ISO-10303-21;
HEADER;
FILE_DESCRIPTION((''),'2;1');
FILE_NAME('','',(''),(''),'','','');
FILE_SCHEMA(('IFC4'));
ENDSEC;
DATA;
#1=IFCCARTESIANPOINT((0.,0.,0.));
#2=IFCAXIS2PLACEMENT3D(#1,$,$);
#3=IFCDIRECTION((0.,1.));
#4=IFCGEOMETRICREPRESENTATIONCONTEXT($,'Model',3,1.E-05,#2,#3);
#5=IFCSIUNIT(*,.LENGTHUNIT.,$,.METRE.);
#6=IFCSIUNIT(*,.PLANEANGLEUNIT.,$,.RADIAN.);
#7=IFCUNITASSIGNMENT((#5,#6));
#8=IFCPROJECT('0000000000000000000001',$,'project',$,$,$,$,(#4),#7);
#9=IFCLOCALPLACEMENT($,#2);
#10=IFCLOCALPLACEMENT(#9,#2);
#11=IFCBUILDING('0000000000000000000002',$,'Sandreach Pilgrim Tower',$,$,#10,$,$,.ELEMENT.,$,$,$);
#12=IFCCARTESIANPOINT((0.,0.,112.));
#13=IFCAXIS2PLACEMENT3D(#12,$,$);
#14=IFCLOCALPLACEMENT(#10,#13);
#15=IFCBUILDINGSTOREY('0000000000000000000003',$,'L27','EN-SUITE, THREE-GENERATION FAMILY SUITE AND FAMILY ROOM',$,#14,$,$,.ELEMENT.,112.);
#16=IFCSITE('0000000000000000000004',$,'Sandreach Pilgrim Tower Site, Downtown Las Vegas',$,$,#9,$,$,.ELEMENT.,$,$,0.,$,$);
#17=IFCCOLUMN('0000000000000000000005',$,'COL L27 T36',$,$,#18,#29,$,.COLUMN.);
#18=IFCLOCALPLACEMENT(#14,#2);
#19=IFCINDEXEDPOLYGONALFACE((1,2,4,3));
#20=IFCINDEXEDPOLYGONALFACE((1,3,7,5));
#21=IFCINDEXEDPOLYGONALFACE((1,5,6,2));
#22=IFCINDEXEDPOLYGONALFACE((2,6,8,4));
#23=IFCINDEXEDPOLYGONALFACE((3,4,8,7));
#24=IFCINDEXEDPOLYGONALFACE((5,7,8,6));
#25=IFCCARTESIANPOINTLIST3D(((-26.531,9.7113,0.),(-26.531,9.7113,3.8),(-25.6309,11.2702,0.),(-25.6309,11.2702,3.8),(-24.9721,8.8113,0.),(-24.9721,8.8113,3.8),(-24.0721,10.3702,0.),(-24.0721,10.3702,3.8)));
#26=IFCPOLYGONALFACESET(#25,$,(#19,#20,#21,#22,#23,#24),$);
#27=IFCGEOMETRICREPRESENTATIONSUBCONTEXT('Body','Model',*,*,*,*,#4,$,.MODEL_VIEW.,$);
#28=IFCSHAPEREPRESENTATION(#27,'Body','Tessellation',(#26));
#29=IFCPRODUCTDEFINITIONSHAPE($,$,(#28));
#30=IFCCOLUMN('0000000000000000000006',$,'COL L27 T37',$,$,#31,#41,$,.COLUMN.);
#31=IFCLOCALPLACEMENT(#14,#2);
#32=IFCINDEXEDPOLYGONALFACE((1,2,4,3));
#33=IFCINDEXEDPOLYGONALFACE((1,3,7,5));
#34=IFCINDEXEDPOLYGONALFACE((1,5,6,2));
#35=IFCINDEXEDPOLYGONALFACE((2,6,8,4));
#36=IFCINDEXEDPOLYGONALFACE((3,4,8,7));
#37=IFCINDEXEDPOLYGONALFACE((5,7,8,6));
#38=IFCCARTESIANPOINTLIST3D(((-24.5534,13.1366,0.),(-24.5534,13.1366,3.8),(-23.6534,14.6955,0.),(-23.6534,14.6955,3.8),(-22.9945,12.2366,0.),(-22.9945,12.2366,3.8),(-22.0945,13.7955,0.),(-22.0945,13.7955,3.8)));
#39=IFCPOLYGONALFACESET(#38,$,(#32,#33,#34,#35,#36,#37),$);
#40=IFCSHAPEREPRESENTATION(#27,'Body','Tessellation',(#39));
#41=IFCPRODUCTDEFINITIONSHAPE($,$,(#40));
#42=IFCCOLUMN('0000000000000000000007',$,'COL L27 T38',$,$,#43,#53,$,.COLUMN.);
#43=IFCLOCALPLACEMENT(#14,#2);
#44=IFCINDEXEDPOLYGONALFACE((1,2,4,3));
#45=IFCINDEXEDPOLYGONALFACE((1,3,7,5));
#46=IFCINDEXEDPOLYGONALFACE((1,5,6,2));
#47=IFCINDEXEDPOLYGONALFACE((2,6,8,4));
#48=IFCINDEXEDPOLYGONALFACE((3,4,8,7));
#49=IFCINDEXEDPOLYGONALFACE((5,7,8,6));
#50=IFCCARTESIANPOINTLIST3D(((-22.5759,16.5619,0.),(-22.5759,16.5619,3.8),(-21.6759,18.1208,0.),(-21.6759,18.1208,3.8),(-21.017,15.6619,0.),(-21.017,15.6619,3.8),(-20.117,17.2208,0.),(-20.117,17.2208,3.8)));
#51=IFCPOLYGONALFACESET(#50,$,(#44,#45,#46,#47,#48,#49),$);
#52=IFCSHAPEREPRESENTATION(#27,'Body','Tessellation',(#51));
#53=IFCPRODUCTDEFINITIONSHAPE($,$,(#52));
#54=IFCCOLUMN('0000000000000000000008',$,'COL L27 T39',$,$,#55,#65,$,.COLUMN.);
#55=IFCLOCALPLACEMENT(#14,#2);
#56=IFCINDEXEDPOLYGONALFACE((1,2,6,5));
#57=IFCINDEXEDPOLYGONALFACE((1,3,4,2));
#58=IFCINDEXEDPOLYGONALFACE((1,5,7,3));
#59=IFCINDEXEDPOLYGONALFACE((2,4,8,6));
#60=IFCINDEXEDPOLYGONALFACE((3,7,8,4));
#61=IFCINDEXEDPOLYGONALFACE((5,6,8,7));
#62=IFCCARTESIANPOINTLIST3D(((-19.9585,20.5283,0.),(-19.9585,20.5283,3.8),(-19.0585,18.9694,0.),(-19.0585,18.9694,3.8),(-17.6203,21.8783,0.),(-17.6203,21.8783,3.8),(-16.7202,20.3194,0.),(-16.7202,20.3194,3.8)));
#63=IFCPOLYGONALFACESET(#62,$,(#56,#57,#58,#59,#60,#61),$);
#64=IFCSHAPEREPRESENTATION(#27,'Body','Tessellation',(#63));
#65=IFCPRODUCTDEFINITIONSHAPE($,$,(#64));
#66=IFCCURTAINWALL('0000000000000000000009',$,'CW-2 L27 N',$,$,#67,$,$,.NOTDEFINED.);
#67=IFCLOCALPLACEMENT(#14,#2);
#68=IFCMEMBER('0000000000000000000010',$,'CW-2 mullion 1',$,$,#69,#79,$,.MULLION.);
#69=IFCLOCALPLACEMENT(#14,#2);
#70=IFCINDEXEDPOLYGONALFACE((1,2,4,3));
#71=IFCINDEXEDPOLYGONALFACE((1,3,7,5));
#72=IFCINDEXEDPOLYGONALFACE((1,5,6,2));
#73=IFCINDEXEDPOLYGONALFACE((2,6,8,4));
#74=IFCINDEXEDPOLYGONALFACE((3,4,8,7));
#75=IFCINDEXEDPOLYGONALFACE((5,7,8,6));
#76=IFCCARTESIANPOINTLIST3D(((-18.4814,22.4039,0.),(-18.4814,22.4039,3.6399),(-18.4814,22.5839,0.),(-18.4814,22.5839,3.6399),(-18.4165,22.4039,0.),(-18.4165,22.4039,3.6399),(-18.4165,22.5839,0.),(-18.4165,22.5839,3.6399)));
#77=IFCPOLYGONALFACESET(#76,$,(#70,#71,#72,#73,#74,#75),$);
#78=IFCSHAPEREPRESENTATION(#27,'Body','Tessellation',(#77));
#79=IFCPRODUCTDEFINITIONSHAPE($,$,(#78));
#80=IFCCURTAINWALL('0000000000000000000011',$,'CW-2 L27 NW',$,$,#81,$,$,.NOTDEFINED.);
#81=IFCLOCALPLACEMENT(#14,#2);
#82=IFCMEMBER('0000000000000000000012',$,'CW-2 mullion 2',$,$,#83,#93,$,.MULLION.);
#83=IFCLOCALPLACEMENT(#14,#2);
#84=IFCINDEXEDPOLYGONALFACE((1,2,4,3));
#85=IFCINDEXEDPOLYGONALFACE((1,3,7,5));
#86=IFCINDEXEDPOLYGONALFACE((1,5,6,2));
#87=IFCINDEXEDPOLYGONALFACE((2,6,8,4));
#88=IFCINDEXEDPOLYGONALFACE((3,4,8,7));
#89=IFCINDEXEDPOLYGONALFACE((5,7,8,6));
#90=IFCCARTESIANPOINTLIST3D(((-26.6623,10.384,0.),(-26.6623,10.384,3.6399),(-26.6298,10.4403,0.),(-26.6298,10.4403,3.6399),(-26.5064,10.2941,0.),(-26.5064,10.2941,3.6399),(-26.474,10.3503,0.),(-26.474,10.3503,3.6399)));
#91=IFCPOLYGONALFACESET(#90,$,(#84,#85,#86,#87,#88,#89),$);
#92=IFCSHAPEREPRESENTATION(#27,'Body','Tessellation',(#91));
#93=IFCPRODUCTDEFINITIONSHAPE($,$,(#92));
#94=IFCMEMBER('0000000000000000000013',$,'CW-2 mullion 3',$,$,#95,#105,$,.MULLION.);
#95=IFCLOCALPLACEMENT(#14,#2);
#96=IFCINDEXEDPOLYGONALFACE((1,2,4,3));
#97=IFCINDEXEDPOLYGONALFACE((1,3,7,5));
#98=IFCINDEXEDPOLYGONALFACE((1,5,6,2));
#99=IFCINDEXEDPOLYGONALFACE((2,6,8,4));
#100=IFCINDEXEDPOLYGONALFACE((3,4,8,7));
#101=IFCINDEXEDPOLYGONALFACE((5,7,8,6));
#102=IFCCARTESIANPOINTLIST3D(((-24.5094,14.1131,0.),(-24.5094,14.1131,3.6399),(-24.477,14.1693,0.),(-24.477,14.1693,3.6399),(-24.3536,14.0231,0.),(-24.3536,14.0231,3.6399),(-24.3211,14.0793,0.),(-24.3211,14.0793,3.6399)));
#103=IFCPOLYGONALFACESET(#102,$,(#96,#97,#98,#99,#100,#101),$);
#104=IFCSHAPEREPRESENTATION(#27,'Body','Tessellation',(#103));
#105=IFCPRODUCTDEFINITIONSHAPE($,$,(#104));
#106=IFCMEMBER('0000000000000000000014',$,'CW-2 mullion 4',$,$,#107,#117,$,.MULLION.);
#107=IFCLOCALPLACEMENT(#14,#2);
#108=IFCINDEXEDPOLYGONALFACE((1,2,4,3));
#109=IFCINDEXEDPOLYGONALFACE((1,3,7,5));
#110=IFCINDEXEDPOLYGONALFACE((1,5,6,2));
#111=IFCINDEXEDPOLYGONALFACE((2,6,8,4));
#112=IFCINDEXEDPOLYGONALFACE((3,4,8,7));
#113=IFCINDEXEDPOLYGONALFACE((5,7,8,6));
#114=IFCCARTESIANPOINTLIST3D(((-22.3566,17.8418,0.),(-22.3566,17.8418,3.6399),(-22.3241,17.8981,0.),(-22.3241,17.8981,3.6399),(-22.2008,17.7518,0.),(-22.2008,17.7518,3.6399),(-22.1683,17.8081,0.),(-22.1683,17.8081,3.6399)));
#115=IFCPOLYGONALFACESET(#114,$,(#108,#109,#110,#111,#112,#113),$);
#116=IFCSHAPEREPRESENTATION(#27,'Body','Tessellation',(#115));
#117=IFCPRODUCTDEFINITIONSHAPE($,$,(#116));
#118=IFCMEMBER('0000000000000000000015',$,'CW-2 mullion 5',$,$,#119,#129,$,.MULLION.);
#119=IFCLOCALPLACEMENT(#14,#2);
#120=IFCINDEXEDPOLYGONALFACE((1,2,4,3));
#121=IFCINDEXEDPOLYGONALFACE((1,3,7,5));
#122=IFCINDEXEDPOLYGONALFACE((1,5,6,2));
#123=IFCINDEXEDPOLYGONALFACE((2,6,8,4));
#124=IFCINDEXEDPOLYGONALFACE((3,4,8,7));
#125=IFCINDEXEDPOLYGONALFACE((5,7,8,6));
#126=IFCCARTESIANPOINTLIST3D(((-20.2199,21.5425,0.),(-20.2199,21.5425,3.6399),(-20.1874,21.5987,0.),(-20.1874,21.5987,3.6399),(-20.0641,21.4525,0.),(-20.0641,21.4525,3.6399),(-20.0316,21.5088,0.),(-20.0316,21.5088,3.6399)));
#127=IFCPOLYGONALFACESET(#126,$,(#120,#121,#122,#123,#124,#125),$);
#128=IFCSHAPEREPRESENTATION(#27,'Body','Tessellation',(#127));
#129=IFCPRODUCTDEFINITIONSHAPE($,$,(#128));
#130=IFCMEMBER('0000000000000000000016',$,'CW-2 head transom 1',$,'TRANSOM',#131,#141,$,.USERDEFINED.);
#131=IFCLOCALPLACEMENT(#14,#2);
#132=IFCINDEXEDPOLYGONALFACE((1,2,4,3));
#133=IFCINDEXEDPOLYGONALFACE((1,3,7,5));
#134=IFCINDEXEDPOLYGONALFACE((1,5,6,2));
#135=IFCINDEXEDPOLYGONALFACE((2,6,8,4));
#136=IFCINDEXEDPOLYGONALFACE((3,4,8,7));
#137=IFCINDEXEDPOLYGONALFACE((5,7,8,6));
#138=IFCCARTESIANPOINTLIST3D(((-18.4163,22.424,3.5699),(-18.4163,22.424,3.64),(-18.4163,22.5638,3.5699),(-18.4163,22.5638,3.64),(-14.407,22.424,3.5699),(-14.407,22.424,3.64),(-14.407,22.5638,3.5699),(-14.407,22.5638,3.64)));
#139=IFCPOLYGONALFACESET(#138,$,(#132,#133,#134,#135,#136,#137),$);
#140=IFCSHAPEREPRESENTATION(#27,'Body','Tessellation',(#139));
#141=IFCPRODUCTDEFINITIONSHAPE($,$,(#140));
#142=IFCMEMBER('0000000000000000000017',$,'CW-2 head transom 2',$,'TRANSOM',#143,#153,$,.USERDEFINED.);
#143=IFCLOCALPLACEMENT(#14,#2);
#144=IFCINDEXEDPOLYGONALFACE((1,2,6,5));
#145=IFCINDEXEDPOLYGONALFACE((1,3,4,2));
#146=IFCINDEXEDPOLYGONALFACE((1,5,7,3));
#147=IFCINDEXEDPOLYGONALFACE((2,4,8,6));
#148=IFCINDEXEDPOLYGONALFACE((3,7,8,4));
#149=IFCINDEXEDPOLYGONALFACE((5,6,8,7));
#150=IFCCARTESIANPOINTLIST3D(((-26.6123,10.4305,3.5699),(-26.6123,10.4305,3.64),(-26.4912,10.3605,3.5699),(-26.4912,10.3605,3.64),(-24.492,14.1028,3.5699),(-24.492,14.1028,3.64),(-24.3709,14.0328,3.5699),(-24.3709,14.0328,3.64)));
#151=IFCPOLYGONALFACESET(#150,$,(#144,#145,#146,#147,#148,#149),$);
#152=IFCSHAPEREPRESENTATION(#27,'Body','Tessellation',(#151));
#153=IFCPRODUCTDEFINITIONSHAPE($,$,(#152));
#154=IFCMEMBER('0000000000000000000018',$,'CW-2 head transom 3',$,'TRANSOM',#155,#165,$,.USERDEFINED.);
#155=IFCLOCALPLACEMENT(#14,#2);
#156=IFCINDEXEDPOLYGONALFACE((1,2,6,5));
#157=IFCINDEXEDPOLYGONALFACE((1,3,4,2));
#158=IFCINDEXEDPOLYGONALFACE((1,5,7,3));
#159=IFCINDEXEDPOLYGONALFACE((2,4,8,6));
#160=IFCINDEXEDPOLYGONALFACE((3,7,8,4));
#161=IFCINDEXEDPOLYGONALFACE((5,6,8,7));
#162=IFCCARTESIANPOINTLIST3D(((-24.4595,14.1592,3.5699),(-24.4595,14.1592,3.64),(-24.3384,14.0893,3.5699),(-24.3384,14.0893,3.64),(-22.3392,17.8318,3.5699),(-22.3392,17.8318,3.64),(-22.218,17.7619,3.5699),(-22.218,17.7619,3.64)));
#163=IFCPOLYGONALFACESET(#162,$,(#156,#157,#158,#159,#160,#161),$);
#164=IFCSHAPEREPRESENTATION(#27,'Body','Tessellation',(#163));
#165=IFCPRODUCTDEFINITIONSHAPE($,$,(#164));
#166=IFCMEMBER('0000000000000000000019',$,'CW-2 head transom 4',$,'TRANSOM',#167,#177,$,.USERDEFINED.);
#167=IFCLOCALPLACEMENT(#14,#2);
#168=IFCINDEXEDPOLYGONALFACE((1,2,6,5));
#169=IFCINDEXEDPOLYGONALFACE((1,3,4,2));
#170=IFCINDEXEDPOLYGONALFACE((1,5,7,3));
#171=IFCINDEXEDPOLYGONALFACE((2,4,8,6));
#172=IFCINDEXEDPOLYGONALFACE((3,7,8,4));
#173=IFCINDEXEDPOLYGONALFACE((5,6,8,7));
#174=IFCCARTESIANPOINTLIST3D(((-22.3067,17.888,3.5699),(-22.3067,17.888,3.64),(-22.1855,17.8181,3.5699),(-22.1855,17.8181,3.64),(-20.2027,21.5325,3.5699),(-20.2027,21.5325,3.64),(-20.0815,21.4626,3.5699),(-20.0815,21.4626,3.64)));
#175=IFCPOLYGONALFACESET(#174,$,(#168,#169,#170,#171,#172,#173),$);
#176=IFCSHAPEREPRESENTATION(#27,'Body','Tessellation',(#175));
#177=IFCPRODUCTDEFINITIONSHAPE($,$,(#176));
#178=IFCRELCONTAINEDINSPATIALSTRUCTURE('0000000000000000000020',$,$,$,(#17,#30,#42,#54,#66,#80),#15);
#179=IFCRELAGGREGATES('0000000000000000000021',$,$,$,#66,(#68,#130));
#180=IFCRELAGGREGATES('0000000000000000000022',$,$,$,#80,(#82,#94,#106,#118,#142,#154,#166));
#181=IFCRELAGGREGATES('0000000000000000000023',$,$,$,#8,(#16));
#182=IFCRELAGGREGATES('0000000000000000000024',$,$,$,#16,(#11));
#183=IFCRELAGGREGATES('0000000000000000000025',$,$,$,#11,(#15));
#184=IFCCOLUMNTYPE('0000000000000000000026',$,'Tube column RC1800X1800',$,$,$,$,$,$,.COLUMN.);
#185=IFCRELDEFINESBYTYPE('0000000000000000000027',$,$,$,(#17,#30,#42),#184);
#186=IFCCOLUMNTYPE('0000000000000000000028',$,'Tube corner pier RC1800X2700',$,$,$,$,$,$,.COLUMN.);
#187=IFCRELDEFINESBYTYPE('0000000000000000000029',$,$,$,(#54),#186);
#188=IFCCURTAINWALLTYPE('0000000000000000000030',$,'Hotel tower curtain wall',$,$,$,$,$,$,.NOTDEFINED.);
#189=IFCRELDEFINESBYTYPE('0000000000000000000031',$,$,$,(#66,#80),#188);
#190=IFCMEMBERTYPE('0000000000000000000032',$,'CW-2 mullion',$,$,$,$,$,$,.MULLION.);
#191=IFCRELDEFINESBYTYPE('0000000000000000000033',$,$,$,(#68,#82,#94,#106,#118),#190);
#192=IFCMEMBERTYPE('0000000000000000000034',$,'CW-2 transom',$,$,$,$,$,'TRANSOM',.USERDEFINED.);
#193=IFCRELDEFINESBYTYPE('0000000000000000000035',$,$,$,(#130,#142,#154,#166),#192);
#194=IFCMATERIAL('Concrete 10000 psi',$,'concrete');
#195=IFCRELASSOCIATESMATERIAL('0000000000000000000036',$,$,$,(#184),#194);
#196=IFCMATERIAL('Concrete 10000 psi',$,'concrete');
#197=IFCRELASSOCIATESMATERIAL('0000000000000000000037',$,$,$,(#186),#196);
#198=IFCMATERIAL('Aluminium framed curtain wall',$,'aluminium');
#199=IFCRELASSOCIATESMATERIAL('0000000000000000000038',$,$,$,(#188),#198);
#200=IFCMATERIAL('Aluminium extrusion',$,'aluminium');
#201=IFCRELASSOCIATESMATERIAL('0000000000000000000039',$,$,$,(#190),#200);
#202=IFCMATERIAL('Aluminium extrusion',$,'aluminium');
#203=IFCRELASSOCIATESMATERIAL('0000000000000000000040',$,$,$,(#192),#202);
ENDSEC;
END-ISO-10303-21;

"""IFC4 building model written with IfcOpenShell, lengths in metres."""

from ifc_helpers import new_model, si_unit, direction, frame, origin, origin_2d, place, context, subcontext, project, spatial, rectangle, extrude, material, material_profile, profile_set, type_object, element, aggregate, save


model = new_model("IFC4")

# Units and contexts
model_context = context("Model", 3, precision=1e-05, world=origin(), true_north=direction((0.0, 1.0)))
body_context = subcontext(model_context, "Body", "Model", "MODEL_VIEW")
ifc_project = project(units=[si_unit("LENGTHUNIT", "METRE"), si_unit("PLANEANGLEUNIT", "RADIAN")], contexts=[model_context])

# Site, building, storey
site_placement = place(None, origin())
site = spatial("IfcSite", under=ifc_project, at=site_placement, Name="Sandreach Pilgrim Tower Site, Downtown Las Vegas", CompositionType="ELEMENT", RefElevation=0.0)
building_placement = place(site_placement, origin())
building = spatial("IfcBuilding", under=site, at=building_placement, Name="Sandreach Pilgrim Tower", CompositionType="ELEMENT")
storey_placement = place(building_placement, frame((0.0, 0.0, 112.0)))
storey = spatial("IfcBuildingStorey", under=building, at=storey_placement, Name="L27", Description="EN-SUITE, THREE-GENERATION FAMILY SUITE AND FAMILY ROOM", CompositionType="ELEMENT", Elevation=112.0)

# Columns
ifc_material_1 = material(Name="Concrete 10000 psi", Category="concrete")
ifc_material_profile_1 = material_profile(ifc_material_1, rectangle(XDim=1.8, YDim=1.8, at=origin_2d()), Name="RC1800X1800")
ifc_profile_set_1 = profile_set([ifc_material_profile_1], Name="Concrete 10000 psi")
column_type_1 = type_object("IfcColumnType", Name="Tube column RC1800X1800", PredefinedType="COLUMN", material=ifc_profile_set_1)
for number, where, z_axis, x_axis, name in (
    (1, (-25.3015, 10.0408, 0.0), (0.0, 0.0, 1.0), (-0.866025, 0.5, 0.0), "COL L27 T36"),
    (2, (-23.324, 13.4661, 0.0), (0.0, 0.0, 1.0), (-0.866025, 0.5, 0.0), "COL L27 T37"),
    (3, (-21.3464, 16.8914, 0.0), (0.0, 0.0, 1.0), (-0.866025, 0.5, 0.0), "COL L27 T38"),
):
    element("IfcColumn", number, at=place(storey_placement, frame(where, z_axis=z_axis, x_axis=x_axis)), inside=storey, type_object=column_type_1, Name=name, PredefinedType="COLUMN", context=body_context, shape_type="SweptSolid", body=[
        extrude(rectangle(XDim=1.8, YDim=1.8, at=origin_2d()), origin(), (0.0, 0.0, 1.0), 3.8),
    ])
ifc_material_2 = material(Name="Concrete 10000 psi", Category="concrete")
ifc_material_profile_2 = material_profile(ifc_material_2, rectangle(XDim=1.8, YDim=2.7, at=origin_2d()), Name="RC1800X2700")
ifc_profile_set_2 = profile_set([ifc_material_profile_2], Name="Concrete 10000 psi")
column_type_2 = type_object("IfcColumnType", Name="Tube corner pier RC1800X2700", PredefinedType="COLUMN", material=ifc_profile_set_2)
column_placement = place(storey_placement, frame((-18.3394, 20.4238, 0.0), z_axis=(0.0, 0.0, 1.0), x_axis=(-0.5, 0.866025, 0.0)))
element("IfcColumn", 4, at=column_placement, inside=storey, type_object=column_type_2, Name="COL L27 T39", PredefinedType="COLUMN", context=body_context, shape_type="SweptSolid", body=[
    extrude(rectangle(XDim=1.8, YDim=2.7, at=origin_2d()), origin(), (0.0, 0.0, 1.0), 3.8),
])

# Curtain wall, member
ifc_material_3 = material(Name="Aluminium framed curtain wall", Category="aluminium")
curtain_wall_type = type_object("IfcCurtainWallType", Name="Hotel tower curtain wall", PredefinedType="NOTDEFINED", material=ifc_material_3)
curtain_wall_1_placement = place(storey_placement, origin())
curtain_wall_1 = element("IfcCurtainWall", 5, at=curtain_wall_1_placement, inside=storey, type_object=curtain_wall_type, Name="CW-2 L27 N", PredefinedType="NOTDEFINED")
ifc_material_4 = material(Name="Aluminium extrusion", Category="aluminium")
ifc_material_profile_3 = material_profile(ifc_material_4, rectangle(XDim=0.0649, YDim=0.1799, at=origin_2d()), Name="CW-2M 65X180")
ifc_profile_set_3 = profile_set([ifc_material_profile_3], Name="Aluminium extrusion")
member_type_1 = type_object("IfcMemberType", Name="CW-2 mullion", PredefinedType="MULLION", material=ifc_profile_set_3)
member_1_placement = place(storey_placement, frame((-18.449, 22.4939, 0.0), z_axis=(0.0, 0.0, 1.0), x_axis=(1.0, 0.0, 0.0)))
member_1 = element("IfcMember", 6, at=member_1_placement, type_object=member_type_1, Name="CW-2 mullion 1", PredefinedType="MULLION", context=body_context, shape_type="SweptSolid", body=[
    extrude(rectangle(XDim=0.0649, YDim=0.1799, at=origin_2d()), origin(), (0.0, 0.0, 1.0), 3.6399),
])

# Curtain wall, members
curtain_wall_2_placement = place(storey_placement, origin())
curtain_wall_2 = element("IfcCurtainWall", 7, at=curtain_wall_2_placement, inside=storey, type_object=curtain_wall_type, Name="CW-2 L27 NW", PredefinedType="NOTDEFINED")
member_2_placement = place(storey_placement, frame((-26.5681, 10.3672, 0.0), z_axis=(0.0, 0.0, 1.0), x_axis=(0.5, 0.866025, 0.0)))
member_2 = element("IfcMember", 8, at=member_2_placement, type_object=member_type_1, Name="CW-2 mullion 2", PredefinedType="MULLION", context=body_context, shape_type="SweptSolid", body=[
    extrude(rectangle(XDim=0.0649, YDim=0.1799, at=origin_2d()), origin(), (0.0, 0.0, 1.0), 3.6399),
])
member_3_placement = place(storey_placement, frame((-24.4153, 14.0962, 0.0), z_axis=(0.0, 0.0, 1.0), x_axis=(0.5, 0.866025, 0.0)))
member_3 = element("IfcMember", 9, at=member_3_placement, type_object=member_type_1, Name="CW-2 mullion 3", PredefinedType="MULLION", context=body_context, shape_type="SweptSolid", body=[
    extrude(rectangle(XDim=0.0649, YDim=0.1799, at=origin_2d()), origin(), (0.0, 0.0, 1.0), 3.6399),
])
member_4_placement = place(storey_placement, frame((-22.2625, 17.825, 0.0), z_axis=(0.0, 0.0, 1.0), x_axis=(0.5, 0.866025, 0.0)))
member_4 = element("IfcMember", 10, at=member_4_placement, type_object=member_type_1, Name="CW-2 mullion 4", PredefinedType="MULLION", context=body_context, shape_type="SweptSolid", body=[
    extrude(rectangle(XDim=0.0649, YDim=0.1799, at=origin_2d()), origin(), (0.0, 0.0, 1.0), 3.6399),
])
member_5_placement = place(storey_placement, frame((-20.1257, 21.5256, 0.0), z_axis=(0.0, 0.0, 1.0), x_axis=(0.5, 0.866025, 0.0)))
member_5 = element("IfcMember", 11, at=member_5_placement, type_object=member_type_1, Name="CW-2 mullion 5", PredefinedType="MULLION", context=body_context, shape_type="SweptSolid", body=[
    extrude(rectangle(XDim=0.0649, YDim=0.1799, at=origin_2d()), origin(), (0.0, 0.0, 1.0), 3.6399),
])

# Members
ifc_material_5 = material(Name="Aluminium extrusion", Category="aluminium")
ifc_material_profile_4 = material_profile(ifc_material_5, rectangle(XDim=0.1399, YDim=0.0701, at=origin_2d()), Name="CW-2T 140X70")
ifc_profile_set_4 = profile_set([ifc_material_profile_4], Name="Aluminium extrusion")
member_type_2 = type_object("IfcMemberType", Name="CW-2 transom", ElementType="TRANSOM", PredefinedType="USERDEFINED", material=ifc_profile_set_4)
member_6_placement = place(storey_placement, frame((-18.4163, 22.4939, 3.605), z_axis=(1.0, 0.0, 0.0), x_axis=(0.0, 1.0, 0.0)))
member_6 = element("IfcMember", 12, at=member_6_placement, type_object=member_type_2, Name="CW-2 head transom 1", ObjectType="TRANSOM", PredefinedType="USERDEFINED", context=body_context, shape_type="SweptSolid", body=[
    extrude(rectangle(XDim=0.1399, YDim=0.0701, at=origin_2d()), origin(), (0.0, 0.0, 1.0), 4.0093),
])
aggregate(curtain_wall_1, [member_1, member_6])
member_7_placement = place(storey_placement, frame((-26.5518, 10.3955, 3.605), z_axis=(0.500021, 0.866013, 0.0), x_axis=(-0.866013, 0.500021, 0.0)))
member_7 = element("IfcMember", 13, at=member_7_placement, type_object=member_type_2, Name="CW-2 head transom 2", ObjectType="TRANSOM", PredefinedType="USERDEFINED", context=body_context, shape_type="SweptSolid", body=[
    extrude(rectangle(XDim=0.1399, YDim=0.0701, at=origin_2d()), origin(), (0.0, 0.0, 1.0), 4.2405),
])
member_8_placement = place(storey_placement, frame((-24.3989, 14.1243, 3.605), z_axis=(0.499997, 0.866027, 0.0), x_axis=(-0.866027, 0.499997, 0.0)))
member_8 = element("IfcMember", 14, at=member_8_placement, type_object=member_type_2, Name="CW-2 head transom 3", ObjectType="TRANSOM", PredefinedType="USERDEFINED", context=body_context, shape_type="SweptSolid", body=[
    extrude(rectangle(XDim=0.1399, YDim=0.0701, at=origin_2d()), origin(), (0.0, 0.0, 1.0), 4.2407),
])
member_9_placement = place(storey_placement, frame((-22.2461, 17.853, 3.605), z_axis=(0.49997, 0.866043, 0.0), x_axis=(-0.866043, 0.49997, 0.0)))
member_9 = element("IfcMember", 15, at=member_9_placement, type_object=member_type_2, Name="CW-2 head transom 4", ObjectType="TRANSOM", PredefinedType="USERDEFINED", context=body_context, shape_type="SweptSolid", body=[
    extrude(rectangle(XDim=0.1399, YDim=0.0701, at=origin_2d()), origin(), (0.0, 0.0, 1.0), 4.2083),
])

aggregate(curtain_wall_2, [member_2, member_3, member_4, member_5, member_7, member_8, member_9])

save(model, "model.ifc")
